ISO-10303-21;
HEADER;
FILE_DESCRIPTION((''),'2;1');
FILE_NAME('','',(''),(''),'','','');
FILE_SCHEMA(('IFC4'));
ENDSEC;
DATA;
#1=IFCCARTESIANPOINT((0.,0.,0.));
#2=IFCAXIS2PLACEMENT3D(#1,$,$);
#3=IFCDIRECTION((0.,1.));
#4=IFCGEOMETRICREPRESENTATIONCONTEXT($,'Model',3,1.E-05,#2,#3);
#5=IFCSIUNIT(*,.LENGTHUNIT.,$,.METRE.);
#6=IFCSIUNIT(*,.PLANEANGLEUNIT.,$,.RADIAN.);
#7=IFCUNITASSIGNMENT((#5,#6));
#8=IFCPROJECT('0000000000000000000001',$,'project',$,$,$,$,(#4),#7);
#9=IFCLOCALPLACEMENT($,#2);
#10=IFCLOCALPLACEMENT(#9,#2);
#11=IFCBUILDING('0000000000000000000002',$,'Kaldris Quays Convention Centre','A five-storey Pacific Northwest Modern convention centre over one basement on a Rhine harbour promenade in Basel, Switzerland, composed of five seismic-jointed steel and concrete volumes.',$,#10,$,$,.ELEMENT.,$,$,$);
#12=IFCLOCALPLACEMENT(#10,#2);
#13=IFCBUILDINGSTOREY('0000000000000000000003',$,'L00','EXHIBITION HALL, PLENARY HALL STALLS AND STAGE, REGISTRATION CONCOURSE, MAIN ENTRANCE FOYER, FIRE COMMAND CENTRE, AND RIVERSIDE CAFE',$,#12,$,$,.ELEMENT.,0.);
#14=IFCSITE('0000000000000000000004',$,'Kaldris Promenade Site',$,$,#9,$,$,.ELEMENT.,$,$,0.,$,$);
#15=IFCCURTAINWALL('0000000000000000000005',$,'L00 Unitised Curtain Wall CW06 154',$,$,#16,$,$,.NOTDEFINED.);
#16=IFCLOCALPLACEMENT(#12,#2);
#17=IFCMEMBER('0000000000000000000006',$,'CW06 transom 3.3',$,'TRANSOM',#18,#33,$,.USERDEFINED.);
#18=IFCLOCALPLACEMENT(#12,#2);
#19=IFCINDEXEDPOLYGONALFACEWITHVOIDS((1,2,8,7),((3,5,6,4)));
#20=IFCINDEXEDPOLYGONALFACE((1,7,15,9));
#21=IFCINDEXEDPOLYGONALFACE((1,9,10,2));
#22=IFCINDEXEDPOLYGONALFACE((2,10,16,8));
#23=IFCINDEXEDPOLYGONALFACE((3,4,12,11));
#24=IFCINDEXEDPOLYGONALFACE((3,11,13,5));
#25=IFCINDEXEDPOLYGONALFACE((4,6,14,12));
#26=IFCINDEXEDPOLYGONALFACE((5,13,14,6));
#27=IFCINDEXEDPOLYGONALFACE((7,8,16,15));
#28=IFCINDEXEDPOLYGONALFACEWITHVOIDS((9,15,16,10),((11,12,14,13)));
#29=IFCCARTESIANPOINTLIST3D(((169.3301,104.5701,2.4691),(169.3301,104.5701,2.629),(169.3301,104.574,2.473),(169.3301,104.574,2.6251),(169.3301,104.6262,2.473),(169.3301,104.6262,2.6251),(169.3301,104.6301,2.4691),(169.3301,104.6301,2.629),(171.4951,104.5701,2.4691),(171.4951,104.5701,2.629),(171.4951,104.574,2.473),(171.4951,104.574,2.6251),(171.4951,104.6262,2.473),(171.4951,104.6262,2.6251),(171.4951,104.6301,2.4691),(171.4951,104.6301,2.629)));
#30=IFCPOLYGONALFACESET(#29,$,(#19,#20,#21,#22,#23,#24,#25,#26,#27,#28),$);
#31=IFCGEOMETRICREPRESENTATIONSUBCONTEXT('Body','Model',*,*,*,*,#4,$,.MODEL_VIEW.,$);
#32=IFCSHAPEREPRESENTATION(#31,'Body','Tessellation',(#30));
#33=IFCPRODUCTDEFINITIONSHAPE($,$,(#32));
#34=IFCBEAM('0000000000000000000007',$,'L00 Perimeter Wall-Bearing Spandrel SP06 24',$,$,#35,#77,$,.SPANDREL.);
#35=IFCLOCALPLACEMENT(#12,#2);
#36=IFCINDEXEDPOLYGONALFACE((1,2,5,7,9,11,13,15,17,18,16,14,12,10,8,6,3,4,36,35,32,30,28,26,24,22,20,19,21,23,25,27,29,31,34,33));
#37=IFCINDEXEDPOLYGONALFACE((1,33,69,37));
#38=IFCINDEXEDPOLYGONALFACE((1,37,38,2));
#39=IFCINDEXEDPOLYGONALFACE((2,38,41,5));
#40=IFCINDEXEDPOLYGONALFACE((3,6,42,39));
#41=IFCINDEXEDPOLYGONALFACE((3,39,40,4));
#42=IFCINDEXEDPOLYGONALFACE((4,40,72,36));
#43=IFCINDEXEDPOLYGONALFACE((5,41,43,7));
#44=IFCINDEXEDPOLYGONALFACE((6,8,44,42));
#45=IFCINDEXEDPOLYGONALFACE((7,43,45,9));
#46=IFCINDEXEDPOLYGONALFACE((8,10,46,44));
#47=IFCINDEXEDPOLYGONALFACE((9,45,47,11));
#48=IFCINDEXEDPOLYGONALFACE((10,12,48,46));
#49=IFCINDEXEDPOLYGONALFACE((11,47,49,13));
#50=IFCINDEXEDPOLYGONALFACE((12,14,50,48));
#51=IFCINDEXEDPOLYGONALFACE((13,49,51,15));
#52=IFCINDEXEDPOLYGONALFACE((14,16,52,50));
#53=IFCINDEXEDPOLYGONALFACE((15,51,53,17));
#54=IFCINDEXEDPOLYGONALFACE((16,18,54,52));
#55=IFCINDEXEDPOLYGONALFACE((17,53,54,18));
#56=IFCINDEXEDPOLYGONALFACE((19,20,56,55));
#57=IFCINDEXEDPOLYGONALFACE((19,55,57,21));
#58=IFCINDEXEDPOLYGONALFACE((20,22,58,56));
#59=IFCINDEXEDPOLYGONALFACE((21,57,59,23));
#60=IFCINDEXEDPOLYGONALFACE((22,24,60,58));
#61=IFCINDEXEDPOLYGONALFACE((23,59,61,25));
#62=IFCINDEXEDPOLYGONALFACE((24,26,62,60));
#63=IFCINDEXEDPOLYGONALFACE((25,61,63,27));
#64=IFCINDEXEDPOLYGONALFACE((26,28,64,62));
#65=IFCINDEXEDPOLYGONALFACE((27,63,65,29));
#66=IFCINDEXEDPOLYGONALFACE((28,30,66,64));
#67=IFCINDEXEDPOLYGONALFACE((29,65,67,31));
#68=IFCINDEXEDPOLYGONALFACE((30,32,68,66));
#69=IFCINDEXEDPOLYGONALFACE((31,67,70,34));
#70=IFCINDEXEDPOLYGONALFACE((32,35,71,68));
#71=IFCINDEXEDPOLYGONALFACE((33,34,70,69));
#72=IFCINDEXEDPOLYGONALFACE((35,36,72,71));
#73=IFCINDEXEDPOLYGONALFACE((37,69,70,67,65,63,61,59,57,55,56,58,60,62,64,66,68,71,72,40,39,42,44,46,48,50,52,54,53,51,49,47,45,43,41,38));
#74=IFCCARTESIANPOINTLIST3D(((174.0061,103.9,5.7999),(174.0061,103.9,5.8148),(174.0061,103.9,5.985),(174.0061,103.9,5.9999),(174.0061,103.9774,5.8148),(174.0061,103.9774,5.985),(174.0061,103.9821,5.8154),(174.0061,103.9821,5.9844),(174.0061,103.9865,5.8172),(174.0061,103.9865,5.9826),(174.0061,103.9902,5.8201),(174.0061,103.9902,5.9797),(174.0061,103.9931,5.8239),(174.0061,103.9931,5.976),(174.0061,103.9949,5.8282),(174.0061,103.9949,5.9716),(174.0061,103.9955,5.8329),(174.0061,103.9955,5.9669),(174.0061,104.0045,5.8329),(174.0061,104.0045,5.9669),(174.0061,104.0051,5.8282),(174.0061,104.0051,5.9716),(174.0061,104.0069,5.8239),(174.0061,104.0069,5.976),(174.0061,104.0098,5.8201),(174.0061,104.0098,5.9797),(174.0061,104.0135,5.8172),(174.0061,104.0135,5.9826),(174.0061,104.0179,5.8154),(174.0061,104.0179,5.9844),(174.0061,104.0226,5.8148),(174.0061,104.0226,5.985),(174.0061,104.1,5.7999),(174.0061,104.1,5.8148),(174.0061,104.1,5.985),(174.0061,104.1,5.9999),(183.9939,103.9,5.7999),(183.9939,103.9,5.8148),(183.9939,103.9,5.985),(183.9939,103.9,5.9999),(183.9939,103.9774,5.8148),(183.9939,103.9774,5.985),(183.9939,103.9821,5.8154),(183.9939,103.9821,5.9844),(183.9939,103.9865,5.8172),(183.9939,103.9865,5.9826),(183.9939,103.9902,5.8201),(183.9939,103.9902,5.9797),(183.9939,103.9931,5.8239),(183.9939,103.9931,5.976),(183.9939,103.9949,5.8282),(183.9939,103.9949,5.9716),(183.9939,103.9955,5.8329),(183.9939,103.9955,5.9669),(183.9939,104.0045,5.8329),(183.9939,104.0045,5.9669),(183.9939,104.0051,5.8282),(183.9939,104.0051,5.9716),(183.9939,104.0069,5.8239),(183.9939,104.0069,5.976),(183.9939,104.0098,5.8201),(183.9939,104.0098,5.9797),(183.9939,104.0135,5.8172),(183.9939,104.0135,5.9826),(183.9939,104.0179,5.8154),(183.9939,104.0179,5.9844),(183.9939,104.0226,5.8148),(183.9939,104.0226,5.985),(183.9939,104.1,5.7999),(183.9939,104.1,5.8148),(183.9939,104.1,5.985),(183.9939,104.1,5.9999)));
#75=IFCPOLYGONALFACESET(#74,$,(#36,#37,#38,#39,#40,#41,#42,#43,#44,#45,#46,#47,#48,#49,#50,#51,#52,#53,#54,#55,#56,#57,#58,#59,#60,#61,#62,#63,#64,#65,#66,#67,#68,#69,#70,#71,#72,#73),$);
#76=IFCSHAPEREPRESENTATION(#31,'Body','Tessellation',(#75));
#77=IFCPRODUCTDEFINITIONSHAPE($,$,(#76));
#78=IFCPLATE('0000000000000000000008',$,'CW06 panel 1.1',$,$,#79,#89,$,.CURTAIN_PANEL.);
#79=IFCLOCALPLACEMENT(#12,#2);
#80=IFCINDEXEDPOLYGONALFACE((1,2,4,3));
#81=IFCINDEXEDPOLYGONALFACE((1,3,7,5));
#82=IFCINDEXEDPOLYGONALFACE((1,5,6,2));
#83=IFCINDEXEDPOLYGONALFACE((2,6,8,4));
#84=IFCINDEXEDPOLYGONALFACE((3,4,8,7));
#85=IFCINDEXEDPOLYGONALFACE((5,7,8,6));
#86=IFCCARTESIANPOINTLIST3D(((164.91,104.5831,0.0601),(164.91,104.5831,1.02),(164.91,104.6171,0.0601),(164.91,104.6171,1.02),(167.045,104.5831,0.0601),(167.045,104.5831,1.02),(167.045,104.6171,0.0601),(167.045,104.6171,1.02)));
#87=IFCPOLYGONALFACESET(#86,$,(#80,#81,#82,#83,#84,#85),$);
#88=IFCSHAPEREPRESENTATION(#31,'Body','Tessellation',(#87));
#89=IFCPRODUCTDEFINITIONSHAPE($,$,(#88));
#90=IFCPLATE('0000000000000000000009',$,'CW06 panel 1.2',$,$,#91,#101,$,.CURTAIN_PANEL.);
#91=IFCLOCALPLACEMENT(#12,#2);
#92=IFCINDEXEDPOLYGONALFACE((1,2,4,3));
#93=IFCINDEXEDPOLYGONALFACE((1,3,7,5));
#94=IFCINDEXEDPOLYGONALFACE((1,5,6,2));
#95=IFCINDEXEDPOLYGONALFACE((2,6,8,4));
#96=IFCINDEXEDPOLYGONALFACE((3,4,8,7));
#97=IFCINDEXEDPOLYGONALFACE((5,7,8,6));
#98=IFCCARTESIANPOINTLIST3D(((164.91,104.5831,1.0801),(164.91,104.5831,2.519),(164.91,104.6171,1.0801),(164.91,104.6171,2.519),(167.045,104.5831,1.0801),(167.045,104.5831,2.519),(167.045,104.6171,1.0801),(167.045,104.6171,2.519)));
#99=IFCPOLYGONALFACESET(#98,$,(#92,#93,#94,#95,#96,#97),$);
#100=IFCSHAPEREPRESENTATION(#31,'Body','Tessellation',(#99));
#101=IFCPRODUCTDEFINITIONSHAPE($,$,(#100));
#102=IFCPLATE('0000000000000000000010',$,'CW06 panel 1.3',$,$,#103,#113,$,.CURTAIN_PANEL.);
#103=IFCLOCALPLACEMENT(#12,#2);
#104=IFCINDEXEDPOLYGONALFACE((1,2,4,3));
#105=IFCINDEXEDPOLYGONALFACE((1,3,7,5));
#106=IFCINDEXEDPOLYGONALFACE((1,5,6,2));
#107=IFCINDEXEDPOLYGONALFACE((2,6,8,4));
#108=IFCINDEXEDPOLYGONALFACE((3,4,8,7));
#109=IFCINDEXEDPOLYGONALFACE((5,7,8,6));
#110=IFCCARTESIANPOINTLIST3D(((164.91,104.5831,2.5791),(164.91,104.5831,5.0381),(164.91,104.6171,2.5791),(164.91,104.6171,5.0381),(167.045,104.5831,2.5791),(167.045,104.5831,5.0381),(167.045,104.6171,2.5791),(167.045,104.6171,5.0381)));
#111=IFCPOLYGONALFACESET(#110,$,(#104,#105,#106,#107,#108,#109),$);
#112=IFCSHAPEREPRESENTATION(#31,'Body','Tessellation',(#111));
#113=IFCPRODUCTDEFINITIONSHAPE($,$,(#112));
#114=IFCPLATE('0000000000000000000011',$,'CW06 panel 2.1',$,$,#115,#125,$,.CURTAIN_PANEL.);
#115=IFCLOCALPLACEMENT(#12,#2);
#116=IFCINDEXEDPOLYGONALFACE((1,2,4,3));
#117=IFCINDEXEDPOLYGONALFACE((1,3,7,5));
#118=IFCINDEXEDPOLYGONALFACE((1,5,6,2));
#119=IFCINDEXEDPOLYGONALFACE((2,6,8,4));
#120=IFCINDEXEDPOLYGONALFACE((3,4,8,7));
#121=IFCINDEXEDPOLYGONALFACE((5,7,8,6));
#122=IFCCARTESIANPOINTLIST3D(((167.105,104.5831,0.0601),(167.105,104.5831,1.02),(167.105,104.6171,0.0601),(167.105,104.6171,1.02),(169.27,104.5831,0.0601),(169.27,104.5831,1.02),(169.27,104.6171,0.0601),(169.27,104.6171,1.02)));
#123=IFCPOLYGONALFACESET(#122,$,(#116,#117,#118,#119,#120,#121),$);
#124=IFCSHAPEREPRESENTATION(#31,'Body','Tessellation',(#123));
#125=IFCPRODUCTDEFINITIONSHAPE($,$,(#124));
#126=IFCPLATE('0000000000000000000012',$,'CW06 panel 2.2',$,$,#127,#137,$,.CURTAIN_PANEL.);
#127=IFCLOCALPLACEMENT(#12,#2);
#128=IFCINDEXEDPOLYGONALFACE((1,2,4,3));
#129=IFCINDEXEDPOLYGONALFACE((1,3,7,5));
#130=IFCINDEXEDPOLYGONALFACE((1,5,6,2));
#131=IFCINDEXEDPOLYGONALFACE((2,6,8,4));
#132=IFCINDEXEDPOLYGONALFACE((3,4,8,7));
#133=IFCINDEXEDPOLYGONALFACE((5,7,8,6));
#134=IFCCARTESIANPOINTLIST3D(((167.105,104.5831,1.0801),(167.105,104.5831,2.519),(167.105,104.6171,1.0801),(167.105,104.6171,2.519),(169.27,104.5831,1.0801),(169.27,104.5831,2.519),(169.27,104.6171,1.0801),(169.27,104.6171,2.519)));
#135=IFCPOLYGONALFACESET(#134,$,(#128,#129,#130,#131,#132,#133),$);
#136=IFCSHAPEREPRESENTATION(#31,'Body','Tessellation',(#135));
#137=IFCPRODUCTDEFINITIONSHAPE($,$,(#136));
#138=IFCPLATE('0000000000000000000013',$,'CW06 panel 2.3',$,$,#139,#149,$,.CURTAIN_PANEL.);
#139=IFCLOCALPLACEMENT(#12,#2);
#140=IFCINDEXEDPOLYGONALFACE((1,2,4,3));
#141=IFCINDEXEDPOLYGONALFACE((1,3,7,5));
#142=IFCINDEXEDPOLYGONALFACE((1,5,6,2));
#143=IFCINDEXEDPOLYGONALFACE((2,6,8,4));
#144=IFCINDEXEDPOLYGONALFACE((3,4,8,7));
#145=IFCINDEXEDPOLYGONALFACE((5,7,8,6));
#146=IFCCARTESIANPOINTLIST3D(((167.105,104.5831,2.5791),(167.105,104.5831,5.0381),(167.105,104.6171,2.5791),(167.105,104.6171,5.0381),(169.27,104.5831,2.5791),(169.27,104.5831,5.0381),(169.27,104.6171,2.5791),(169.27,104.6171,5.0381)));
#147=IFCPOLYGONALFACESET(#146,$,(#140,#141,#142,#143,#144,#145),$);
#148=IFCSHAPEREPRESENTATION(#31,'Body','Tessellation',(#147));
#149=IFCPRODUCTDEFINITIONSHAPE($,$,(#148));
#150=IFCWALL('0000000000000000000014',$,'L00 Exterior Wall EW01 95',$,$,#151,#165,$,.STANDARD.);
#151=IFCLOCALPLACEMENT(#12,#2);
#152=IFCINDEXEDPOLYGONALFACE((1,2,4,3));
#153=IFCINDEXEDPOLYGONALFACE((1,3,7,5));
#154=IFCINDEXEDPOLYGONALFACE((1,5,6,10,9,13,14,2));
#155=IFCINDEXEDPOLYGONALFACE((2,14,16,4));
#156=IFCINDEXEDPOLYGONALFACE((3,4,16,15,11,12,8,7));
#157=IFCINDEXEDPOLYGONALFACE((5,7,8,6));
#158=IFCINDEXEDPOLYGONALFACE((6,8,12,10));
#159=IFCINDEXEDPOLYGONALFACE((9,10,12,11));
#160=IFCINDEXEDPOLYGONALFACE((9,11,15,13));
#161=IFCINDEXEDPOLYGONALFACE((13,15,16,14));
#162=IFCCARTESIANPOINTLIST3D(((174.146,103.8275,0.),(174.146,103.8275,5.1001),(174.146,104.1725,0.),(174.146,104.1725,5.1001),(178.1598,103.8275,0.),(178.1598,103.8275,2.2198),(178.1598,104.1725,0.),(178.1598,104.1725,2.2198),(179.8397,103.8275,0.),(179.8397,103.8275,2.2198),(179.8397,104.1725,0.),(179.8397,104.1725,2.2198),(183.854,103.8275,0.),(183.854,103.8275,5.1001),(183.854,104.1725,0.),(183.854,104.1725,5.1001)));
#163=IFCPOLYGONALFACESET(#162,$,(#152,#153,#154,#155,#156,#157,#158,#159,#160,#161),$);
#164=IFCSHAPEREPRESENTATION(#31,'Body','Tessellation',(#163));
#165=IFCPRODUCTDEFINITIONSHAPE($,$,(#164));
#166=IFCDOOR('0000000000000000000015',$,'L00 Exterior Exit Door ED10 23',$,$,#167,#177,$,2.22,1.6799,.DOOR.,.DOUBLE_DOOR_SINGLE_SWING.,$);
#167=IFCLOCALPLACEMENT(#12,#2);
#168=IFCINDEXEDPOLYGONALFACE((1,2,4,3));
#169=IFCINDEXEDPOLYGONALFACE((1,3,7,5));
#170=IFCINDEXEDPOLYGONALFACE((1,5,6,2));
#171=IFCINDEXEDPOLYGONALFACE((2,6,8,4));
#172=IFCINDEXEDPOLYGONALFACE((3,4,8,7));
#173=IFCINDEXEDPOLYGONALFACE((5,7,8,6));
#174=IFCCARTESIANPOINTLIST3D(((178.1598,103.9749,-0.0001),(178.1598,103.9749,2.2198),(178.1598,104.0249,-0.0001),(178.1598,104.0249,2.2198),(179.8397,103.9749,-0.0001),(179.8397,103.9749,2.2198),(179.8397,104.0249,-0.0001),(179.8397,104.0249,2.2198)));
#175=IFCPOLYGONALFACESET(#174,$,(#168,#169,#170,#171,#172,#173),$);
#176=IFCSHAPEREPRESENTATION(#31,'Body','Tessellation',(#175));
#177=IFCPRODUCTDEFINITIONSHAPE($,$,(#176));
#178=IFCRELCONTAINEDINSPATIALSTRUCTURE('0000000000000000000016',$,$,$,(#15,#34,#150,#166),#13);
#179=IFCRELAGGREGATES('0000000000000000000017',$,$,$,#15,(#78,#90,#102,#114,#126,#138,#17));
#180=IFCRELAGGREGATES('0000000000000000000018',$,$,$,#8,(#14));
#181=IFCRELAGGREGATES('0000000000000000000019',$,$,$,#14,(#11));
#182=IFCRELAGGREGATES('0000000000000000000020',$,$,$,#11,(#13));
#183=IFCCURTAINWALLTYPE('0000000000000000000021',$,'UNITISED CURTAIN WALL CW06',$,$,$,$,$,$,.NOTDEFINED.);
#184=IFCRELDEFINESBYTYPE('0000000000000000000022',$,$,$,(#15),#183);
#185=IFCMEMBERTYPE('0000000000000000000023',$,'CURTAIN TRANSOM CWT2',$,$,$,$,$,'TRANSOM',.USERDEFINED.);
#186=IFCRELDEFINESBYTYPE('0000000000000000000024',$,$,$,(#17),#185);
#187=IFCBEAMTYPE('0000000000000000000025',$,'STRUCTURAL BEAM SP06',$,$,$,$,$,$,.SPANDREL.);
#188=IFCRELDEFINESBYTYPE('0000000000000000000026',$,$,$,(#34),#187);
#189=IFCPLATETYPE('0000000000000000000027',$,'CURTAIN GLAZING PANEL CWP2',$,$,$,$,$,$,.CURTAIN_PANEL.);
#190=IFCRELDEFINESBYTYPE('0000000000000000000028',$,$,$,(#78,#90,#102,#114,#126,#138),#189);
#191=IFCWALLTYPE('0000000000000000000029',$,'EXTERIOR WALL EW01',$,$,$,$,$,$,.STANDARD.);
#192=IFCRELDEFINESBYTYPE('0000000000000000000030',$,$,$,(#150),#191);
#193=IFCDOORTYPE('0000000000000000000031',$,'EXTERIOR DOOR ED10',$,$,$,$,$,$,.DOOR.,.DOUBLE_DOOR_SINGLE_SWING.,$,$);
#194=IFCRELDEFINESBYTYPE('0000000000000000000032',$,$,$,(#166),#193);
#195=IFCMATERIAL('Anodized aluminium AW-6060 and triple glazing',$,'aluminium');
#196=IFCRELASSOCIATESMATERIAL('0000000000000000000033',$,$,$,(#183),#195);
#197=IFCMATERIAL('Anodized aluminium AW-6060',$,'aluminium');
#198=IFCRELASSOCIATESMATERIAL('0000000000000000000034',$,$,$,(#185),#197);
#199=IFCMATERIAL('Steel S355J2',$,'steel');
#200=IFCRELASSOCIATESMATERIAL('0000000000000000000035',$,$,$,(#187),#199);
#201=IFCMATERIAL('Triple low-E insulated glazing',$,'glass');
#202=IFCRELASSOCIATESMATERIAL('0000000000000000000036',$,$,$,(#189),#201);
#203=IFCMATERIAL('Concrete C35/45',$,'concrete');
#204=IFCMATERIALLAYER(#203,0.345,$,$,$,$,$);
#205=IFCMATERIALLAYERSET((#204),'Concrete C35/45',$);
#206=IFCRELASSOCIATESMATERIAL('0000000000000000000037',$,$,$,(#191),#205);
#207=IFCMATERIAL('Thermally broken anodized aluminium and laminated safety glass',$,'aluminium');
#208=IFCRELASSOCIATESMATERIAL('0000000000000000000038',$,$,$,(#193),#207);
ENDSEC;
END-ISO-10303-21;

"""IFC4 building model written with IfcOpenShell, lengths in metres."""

from ifc_helpers import new_model, si_unit, direction, frame, frame_2d, origin, origin_2d, place, context, subcontext, project, spatial, rectangle, hollow_rectangle, i_section, extrude, material, layer, layer_set, material_profile, profile_set, type_object, element, fill, aggregate, save


model = new_model("IFC4")

# Units and contexts
model_context = context("Model", 3, precision=1e-05, world=origin(), true_north=direction((0.0, 1.0)))
body_context = subcontext(model_context, "Body", "Model", "MODEL_VIEW")
ifc_project = project(units=[si_unit("LENGTHUNIT", "METRE"), si_unit("PLANEANGLEUNIT", "RADIAN")], contexts=[model_context])

# Site, building, storey
site_placement = place(None, origin())
site = spatial("IfcSite", under=ifc_project, at=site_placement, Name="Kaldris Promenade Site", CompositionType="ELEMENT", RefElevation=0.0)
building_placement = place(site_placement, origin())
building = spatial("IfcBuilding", under=site, at=building_placement, Name="Kaldris Quays Convention Centre", Description="A five-storey Pacific Northwest Modern convention centre over one basement on a Rhine harbour promenade in Basel, Switzerland, composed of five seismic-jointed steel and concrete volumes.", CompositionType="ELEMENT")
storey_placement = place(building_placement, origin())
storey = spatial("IfcBuildingStorey", under=building, at=storey_placement, Name="L00", Description="EXHIBITION HALL, PLENARY HALL STALLS AND STAGE, REGISTRATION CONCOURSE, MAIN ENTRANCE FOYER, FIRE COMMAND CENTRE, AND RIVERSIDE CAFE", CompositionType="ELEMENT", Elevation=0.0)

# Shared definitions
ifc_material_1 = material(Name="Steel S355J2", Category="steel")

# Curtain wall, member
ifc_material_2 = material(Name="Anodized aluminium AW-6060 and triple glazing", Category="aluminium")
curtain_wall_type = type_object("IfcCurtainWallType", Name="UNITISED CURTAIN WALL CW06", PredefinedType="NOTDEFINED", material=ifc_material_2)
curtain_wall_placement = place(storey_placement, origin())
curtain_wall = element("IfcCurtainWall", 1, at=curtain_wall_placement, inside=storey, type_object=curtain_wall_type, Name="L00 Unitised Curtain Wall CW06 154", PredefinedType="NOTDEFINED")
ifc_material_3 = material(Name="Anodized aluminium AW-6060", Category="aluminium")
ifc_material_profile_1 = material_profile(ifc_material_3, hollow_rectangle(XDim=0.0601, YDim=0.1599, WallThickness=0.0039, at=origin_2d()), Name="RHS 160x60x4")
ifc_profile_set_1 = profile_set([ifc_material_profile_1], Name="Anodized aluminium AW-6060")
member_type_1 = type_object("IfcMemberType", Name="CURTAIN TRANSOM CWT2", ElementType="TRANSOM", PredefinedType="USERDEFINED", material=ifc_profile_set_1)
member_1_placement = place(storey_placement, frame((169.3301, 104.6001, 2.5491), z_axis=(1.0, 0.0, 0.0), x_axis=(0.0, 1.0, 0.0)))
member_1 = element("IfcMember", 2, at=member_1_placement, type_object=member_type_1, Name="CW06 transom 3.3", ObjectType="TRANSOM", PredefinedType="USERDEFINED", context=body_context, shape_type="SweptSolid", body=[
    extrude(hollow_rectangle(XDim=0.0601, YDim=0.1599, WallThickness=0.0039, at=origin_2d()), origin(), (0.0, 0.0, 1.0), 2.165),
])

# Beam
ifc_material_profile_2 = material_profile(ifc_material_1, i_section(OverallWidth=0.2, OverallDepth=0.2, WebThickness=0.009, FlangeThickness=0.0149, FilletRadius=0.0181, at=origin_2d()), Name="HEB 200")
ifc_profile_set_2 = profile_set([ifc_material_profile_2], Name="Steel S355J2")
beam_type = type_object("IfcBeamType", Name="STRUCTURAL BEAM SP06", PredefinedType="SPANDREL", material=ifc_profile_set_2)
beam_placement = place(storey_placement, frame((174.0061, 104.0, 5.8999), z_axis=(1.0, 0.0, 0.0), x_axis=(0.0, 1.0, 0.0)))
element("IfcBeam", 3, at=beam_placement, inside=storey, type_object=beam_type, Name="L00 Perimeter Wall-Bearing Spandrel SP06 24", PredefinedType="SPANDREL", context=body_context, shape_type="SweptSolid", body=[
    extrude(i_section(OverallWidth=0.2, OverallDepth=0.2, WebThickness=0.009, FlangeThickness=0.0149, FilletRadius=0.0181, at=origin_2d()), origin(), (0.0, 0.0, 1.0), 9.9878),
])

# Plates
ifc_material_4 = material(Name="Triple low-E insulated glazing", Category="glass")
plate_type = type_object("IfcPlateType", Name="CURTAIN GLAZING PANEL CWP2", PredefinedType="CURTAIN_PANEL", material=ifc_material_4)
plate_1_placement = place(storey_placement, frame((165.9775, 104.6001, 0.0601), z_axis=(0.0, 0.0, 1.0), x_axis=(1.0, 0.0, 0.0)))
plate_1 = element("IfcPlate", 4, at=plate_1_placement, type_object=plate_type, Name="CW06 panel 1.1", PredefinedType="CURTAIN_PANEL", context=body_context, shape_type="SweptSolid", body=[
    extrude(rectangle(XDim=2.135, YDim=0.0339, at=origin_2d()), origin(), (0.0, 0.0, 1.0), 0.96),
])
plate_2_placement = place(storey_placement, frame((165.9775, 104.6001, 1.0801), z_axis=(0.0, 0.0, 1.0), x_axis=(1.0, 0.0, 0.0)))
plate_2 = element("IfcPlate", 5, at=plate_2_placement, type_object=plate_type, Name="CW06 panel 1.2", PredefinedType="CURTAIN_PANEL", context=body_context, shape_type="SweptSolid", body=[
    extrude(rectangle(XDim=2.135, YDim=0.0339, at=origin_2d()), origin(), (0.0, 0.0, 1.0), 1.439),
])
plate_3_placement = place(storey_placement, frame((165.9775, 104.6001, 2.5791), z_axis=(0.0, 0.0, 1.0), x_axis=(1.0, 0.0, 0.0)))
plate_3 = element("IfcPlate", 6, at=plate_3_placement, type_object=plate_type, Name="CW06 panel 1.3", PredefinedType="CURTAIN_PANEL", context=body_context, shape_type="SweptSolid", body=[
    extrude(rectangle(XDim=2.135, YDim=0.0339, at=origin_2d()), origin(), (0.0, 0.0, 1.0), 2.459),
])
plate_4_placement = place(storey_placement, frame((168.1875, 104.6001, 0.0601), z_axis=(0.0, 0.0, 1.0), x_axis=(1.0, 0.0, 0.0)))
plate_4 = element("IfcPlate", 7, at=plate_4_placement, type_object=plate_type, Name="CW06 panel 2.1", PredefinedType="CURTAIN_PANEL", context=body_context, shape_type="SweptSolid", body=[
    extrude(rectangle(XDim=2.165, YDim=0.0339, at=origin_2d()), origin(), (0.0, 0.0, 1.0), 0.96),
])
plate_5_placement = place(storey_placement, frame((168.1875, 104.6001, 1.0801), z_axis=(0.0, 0.0, 1.0), x_axis=(1.0, 0.0, 0.0)))
plate_5 = element("IfcPlate", 8, at=plate_5_placement, type_object=plate_type, Name="CW06 panel 2.2", PredefinedType="CURTAIN_PANEL", context=body_context, shape_type="SweptSolid", body=[
    extrude(rectangle(XDim=2.165, YDim=0.0339, at=origin_2d()), origin(), (0.0, 0.0, 1.0), 1.439),
])
plate_6_placement = place(storey_placement, frame((168.1875, 104.6001, 2.5791), z_axis=(0.0, 0.0, 1.0), x_axis=(1.0, 0.0, 0.0)))
plate_6 = element("IfcPlate", 9, at=plate_6_placement, type_object=plate_type, Name="CW06 panel 2.3", PredefinedType="CURTAIN_PANEL", context=body_context, shape_type="SweptSolid", body=[
    extrude(rectangle(XDim=2.165, YDim=0.0339, at=origin_2d()), origin(), (0.0, 0.0, 1.0), 2.459),
])
aggregate(curtain_wall, [plate_1, plate_2, plate_3, plate_4, plate_5, plate_6, member_1])

# Wall, opening, door
ifc_material_5 = material(Name="Concrete C35/45", Category="concrete")
ifc_layer_1 = layer(ifc_material_5, 0.345)
ifc_layer_set_1 = layer_set([ifc_layer_1], Name="Concrete C35/45")
wall_type_1 = type_object("IfcWallType", Name="EXTERIOR WALL EW01", PredefinedType="STANDARD", material=ifc_layer_set_1)
wall_1_placement = place(storey_placement, frame((174.146, 104.0, 0.0), z_axis=(0.0, 0.0, 1.0), x_axis=(1.0, 0.0, 0.0)))
wall_1 = element("IfcWall", 10, at=wall_1_placement, inside=storey, type_object=wall_type_1, Name="L00 Exterior Wall EW01 95", PredefinedType="STANDARD", context=body_context, shape_type="SweptSolid", body=[
    extrude(rectangle(XDim=9.708, YDim=0.345, at=frame_2d((4.854, 0.0))), origin(), (0.0, 0.0, 1.0), 5.1001),
])
opening_1_placement = place(wall_1_placement, frame((4.0139, 0.0, 0.0)))
opening_1 = element("IfcOpeningElement", 11, at=opening_1_placement, cuts=wall_1, PredefinedType="OPENING", context=body_context, shape_type="SweptSolid", body=[
    extrude(rectangle(XDim=1.6799, YDim=2.22, at=frame_2d((0.8398, 1.1099))), frame((0.0, 0.1826, 0.0), z_axis=(0.0, -1.0, 0.0), x_axis=(1.0, 0.0, 0.0)), (0.0, 0.0, 1.0), 0.365),
])
ifc_material_6 = material(Name="Thermally broken anodized aluminium and laminated safety glass", Category="aluminium")
door_type_1 = type_object("IfcDoorType", Name="EXTERIOR DOOR ED10", OperationType="DOUBLE_DOOR_SINGLE_SWING", PredefinedType="DOOR", material=ifc_material_6)
door_1_placement = place(opening_1_placement, origin())
door_1 = element("IfcDoor", 12, at=door_1_placement, inside=storey, type_object=door_type_1, Name="L00 Exterior Exit Door ED10 23", OperationType="DOUBLE_DOOR_SINGLE_SWING", OverallHeight=2.22, OverallWidth=1.6799, PredefinedType="DOOR", context=body_context, shape_type="SweptSolid", body=[
    extrude(rectangle(XDim=1.6799, YDim=2.22, at=frame_2d((0.8398, 1.1099))), frame((0.0, 0.0249, 0.0), z_axis=(0.0, -1.0, 0.0), x_axis=(1.0, 0.0, 0.0)), (0.0, 0.0, 1.0), 0.05),
])
fill(opening_1, door_1)

save(model, "model.ifc")
